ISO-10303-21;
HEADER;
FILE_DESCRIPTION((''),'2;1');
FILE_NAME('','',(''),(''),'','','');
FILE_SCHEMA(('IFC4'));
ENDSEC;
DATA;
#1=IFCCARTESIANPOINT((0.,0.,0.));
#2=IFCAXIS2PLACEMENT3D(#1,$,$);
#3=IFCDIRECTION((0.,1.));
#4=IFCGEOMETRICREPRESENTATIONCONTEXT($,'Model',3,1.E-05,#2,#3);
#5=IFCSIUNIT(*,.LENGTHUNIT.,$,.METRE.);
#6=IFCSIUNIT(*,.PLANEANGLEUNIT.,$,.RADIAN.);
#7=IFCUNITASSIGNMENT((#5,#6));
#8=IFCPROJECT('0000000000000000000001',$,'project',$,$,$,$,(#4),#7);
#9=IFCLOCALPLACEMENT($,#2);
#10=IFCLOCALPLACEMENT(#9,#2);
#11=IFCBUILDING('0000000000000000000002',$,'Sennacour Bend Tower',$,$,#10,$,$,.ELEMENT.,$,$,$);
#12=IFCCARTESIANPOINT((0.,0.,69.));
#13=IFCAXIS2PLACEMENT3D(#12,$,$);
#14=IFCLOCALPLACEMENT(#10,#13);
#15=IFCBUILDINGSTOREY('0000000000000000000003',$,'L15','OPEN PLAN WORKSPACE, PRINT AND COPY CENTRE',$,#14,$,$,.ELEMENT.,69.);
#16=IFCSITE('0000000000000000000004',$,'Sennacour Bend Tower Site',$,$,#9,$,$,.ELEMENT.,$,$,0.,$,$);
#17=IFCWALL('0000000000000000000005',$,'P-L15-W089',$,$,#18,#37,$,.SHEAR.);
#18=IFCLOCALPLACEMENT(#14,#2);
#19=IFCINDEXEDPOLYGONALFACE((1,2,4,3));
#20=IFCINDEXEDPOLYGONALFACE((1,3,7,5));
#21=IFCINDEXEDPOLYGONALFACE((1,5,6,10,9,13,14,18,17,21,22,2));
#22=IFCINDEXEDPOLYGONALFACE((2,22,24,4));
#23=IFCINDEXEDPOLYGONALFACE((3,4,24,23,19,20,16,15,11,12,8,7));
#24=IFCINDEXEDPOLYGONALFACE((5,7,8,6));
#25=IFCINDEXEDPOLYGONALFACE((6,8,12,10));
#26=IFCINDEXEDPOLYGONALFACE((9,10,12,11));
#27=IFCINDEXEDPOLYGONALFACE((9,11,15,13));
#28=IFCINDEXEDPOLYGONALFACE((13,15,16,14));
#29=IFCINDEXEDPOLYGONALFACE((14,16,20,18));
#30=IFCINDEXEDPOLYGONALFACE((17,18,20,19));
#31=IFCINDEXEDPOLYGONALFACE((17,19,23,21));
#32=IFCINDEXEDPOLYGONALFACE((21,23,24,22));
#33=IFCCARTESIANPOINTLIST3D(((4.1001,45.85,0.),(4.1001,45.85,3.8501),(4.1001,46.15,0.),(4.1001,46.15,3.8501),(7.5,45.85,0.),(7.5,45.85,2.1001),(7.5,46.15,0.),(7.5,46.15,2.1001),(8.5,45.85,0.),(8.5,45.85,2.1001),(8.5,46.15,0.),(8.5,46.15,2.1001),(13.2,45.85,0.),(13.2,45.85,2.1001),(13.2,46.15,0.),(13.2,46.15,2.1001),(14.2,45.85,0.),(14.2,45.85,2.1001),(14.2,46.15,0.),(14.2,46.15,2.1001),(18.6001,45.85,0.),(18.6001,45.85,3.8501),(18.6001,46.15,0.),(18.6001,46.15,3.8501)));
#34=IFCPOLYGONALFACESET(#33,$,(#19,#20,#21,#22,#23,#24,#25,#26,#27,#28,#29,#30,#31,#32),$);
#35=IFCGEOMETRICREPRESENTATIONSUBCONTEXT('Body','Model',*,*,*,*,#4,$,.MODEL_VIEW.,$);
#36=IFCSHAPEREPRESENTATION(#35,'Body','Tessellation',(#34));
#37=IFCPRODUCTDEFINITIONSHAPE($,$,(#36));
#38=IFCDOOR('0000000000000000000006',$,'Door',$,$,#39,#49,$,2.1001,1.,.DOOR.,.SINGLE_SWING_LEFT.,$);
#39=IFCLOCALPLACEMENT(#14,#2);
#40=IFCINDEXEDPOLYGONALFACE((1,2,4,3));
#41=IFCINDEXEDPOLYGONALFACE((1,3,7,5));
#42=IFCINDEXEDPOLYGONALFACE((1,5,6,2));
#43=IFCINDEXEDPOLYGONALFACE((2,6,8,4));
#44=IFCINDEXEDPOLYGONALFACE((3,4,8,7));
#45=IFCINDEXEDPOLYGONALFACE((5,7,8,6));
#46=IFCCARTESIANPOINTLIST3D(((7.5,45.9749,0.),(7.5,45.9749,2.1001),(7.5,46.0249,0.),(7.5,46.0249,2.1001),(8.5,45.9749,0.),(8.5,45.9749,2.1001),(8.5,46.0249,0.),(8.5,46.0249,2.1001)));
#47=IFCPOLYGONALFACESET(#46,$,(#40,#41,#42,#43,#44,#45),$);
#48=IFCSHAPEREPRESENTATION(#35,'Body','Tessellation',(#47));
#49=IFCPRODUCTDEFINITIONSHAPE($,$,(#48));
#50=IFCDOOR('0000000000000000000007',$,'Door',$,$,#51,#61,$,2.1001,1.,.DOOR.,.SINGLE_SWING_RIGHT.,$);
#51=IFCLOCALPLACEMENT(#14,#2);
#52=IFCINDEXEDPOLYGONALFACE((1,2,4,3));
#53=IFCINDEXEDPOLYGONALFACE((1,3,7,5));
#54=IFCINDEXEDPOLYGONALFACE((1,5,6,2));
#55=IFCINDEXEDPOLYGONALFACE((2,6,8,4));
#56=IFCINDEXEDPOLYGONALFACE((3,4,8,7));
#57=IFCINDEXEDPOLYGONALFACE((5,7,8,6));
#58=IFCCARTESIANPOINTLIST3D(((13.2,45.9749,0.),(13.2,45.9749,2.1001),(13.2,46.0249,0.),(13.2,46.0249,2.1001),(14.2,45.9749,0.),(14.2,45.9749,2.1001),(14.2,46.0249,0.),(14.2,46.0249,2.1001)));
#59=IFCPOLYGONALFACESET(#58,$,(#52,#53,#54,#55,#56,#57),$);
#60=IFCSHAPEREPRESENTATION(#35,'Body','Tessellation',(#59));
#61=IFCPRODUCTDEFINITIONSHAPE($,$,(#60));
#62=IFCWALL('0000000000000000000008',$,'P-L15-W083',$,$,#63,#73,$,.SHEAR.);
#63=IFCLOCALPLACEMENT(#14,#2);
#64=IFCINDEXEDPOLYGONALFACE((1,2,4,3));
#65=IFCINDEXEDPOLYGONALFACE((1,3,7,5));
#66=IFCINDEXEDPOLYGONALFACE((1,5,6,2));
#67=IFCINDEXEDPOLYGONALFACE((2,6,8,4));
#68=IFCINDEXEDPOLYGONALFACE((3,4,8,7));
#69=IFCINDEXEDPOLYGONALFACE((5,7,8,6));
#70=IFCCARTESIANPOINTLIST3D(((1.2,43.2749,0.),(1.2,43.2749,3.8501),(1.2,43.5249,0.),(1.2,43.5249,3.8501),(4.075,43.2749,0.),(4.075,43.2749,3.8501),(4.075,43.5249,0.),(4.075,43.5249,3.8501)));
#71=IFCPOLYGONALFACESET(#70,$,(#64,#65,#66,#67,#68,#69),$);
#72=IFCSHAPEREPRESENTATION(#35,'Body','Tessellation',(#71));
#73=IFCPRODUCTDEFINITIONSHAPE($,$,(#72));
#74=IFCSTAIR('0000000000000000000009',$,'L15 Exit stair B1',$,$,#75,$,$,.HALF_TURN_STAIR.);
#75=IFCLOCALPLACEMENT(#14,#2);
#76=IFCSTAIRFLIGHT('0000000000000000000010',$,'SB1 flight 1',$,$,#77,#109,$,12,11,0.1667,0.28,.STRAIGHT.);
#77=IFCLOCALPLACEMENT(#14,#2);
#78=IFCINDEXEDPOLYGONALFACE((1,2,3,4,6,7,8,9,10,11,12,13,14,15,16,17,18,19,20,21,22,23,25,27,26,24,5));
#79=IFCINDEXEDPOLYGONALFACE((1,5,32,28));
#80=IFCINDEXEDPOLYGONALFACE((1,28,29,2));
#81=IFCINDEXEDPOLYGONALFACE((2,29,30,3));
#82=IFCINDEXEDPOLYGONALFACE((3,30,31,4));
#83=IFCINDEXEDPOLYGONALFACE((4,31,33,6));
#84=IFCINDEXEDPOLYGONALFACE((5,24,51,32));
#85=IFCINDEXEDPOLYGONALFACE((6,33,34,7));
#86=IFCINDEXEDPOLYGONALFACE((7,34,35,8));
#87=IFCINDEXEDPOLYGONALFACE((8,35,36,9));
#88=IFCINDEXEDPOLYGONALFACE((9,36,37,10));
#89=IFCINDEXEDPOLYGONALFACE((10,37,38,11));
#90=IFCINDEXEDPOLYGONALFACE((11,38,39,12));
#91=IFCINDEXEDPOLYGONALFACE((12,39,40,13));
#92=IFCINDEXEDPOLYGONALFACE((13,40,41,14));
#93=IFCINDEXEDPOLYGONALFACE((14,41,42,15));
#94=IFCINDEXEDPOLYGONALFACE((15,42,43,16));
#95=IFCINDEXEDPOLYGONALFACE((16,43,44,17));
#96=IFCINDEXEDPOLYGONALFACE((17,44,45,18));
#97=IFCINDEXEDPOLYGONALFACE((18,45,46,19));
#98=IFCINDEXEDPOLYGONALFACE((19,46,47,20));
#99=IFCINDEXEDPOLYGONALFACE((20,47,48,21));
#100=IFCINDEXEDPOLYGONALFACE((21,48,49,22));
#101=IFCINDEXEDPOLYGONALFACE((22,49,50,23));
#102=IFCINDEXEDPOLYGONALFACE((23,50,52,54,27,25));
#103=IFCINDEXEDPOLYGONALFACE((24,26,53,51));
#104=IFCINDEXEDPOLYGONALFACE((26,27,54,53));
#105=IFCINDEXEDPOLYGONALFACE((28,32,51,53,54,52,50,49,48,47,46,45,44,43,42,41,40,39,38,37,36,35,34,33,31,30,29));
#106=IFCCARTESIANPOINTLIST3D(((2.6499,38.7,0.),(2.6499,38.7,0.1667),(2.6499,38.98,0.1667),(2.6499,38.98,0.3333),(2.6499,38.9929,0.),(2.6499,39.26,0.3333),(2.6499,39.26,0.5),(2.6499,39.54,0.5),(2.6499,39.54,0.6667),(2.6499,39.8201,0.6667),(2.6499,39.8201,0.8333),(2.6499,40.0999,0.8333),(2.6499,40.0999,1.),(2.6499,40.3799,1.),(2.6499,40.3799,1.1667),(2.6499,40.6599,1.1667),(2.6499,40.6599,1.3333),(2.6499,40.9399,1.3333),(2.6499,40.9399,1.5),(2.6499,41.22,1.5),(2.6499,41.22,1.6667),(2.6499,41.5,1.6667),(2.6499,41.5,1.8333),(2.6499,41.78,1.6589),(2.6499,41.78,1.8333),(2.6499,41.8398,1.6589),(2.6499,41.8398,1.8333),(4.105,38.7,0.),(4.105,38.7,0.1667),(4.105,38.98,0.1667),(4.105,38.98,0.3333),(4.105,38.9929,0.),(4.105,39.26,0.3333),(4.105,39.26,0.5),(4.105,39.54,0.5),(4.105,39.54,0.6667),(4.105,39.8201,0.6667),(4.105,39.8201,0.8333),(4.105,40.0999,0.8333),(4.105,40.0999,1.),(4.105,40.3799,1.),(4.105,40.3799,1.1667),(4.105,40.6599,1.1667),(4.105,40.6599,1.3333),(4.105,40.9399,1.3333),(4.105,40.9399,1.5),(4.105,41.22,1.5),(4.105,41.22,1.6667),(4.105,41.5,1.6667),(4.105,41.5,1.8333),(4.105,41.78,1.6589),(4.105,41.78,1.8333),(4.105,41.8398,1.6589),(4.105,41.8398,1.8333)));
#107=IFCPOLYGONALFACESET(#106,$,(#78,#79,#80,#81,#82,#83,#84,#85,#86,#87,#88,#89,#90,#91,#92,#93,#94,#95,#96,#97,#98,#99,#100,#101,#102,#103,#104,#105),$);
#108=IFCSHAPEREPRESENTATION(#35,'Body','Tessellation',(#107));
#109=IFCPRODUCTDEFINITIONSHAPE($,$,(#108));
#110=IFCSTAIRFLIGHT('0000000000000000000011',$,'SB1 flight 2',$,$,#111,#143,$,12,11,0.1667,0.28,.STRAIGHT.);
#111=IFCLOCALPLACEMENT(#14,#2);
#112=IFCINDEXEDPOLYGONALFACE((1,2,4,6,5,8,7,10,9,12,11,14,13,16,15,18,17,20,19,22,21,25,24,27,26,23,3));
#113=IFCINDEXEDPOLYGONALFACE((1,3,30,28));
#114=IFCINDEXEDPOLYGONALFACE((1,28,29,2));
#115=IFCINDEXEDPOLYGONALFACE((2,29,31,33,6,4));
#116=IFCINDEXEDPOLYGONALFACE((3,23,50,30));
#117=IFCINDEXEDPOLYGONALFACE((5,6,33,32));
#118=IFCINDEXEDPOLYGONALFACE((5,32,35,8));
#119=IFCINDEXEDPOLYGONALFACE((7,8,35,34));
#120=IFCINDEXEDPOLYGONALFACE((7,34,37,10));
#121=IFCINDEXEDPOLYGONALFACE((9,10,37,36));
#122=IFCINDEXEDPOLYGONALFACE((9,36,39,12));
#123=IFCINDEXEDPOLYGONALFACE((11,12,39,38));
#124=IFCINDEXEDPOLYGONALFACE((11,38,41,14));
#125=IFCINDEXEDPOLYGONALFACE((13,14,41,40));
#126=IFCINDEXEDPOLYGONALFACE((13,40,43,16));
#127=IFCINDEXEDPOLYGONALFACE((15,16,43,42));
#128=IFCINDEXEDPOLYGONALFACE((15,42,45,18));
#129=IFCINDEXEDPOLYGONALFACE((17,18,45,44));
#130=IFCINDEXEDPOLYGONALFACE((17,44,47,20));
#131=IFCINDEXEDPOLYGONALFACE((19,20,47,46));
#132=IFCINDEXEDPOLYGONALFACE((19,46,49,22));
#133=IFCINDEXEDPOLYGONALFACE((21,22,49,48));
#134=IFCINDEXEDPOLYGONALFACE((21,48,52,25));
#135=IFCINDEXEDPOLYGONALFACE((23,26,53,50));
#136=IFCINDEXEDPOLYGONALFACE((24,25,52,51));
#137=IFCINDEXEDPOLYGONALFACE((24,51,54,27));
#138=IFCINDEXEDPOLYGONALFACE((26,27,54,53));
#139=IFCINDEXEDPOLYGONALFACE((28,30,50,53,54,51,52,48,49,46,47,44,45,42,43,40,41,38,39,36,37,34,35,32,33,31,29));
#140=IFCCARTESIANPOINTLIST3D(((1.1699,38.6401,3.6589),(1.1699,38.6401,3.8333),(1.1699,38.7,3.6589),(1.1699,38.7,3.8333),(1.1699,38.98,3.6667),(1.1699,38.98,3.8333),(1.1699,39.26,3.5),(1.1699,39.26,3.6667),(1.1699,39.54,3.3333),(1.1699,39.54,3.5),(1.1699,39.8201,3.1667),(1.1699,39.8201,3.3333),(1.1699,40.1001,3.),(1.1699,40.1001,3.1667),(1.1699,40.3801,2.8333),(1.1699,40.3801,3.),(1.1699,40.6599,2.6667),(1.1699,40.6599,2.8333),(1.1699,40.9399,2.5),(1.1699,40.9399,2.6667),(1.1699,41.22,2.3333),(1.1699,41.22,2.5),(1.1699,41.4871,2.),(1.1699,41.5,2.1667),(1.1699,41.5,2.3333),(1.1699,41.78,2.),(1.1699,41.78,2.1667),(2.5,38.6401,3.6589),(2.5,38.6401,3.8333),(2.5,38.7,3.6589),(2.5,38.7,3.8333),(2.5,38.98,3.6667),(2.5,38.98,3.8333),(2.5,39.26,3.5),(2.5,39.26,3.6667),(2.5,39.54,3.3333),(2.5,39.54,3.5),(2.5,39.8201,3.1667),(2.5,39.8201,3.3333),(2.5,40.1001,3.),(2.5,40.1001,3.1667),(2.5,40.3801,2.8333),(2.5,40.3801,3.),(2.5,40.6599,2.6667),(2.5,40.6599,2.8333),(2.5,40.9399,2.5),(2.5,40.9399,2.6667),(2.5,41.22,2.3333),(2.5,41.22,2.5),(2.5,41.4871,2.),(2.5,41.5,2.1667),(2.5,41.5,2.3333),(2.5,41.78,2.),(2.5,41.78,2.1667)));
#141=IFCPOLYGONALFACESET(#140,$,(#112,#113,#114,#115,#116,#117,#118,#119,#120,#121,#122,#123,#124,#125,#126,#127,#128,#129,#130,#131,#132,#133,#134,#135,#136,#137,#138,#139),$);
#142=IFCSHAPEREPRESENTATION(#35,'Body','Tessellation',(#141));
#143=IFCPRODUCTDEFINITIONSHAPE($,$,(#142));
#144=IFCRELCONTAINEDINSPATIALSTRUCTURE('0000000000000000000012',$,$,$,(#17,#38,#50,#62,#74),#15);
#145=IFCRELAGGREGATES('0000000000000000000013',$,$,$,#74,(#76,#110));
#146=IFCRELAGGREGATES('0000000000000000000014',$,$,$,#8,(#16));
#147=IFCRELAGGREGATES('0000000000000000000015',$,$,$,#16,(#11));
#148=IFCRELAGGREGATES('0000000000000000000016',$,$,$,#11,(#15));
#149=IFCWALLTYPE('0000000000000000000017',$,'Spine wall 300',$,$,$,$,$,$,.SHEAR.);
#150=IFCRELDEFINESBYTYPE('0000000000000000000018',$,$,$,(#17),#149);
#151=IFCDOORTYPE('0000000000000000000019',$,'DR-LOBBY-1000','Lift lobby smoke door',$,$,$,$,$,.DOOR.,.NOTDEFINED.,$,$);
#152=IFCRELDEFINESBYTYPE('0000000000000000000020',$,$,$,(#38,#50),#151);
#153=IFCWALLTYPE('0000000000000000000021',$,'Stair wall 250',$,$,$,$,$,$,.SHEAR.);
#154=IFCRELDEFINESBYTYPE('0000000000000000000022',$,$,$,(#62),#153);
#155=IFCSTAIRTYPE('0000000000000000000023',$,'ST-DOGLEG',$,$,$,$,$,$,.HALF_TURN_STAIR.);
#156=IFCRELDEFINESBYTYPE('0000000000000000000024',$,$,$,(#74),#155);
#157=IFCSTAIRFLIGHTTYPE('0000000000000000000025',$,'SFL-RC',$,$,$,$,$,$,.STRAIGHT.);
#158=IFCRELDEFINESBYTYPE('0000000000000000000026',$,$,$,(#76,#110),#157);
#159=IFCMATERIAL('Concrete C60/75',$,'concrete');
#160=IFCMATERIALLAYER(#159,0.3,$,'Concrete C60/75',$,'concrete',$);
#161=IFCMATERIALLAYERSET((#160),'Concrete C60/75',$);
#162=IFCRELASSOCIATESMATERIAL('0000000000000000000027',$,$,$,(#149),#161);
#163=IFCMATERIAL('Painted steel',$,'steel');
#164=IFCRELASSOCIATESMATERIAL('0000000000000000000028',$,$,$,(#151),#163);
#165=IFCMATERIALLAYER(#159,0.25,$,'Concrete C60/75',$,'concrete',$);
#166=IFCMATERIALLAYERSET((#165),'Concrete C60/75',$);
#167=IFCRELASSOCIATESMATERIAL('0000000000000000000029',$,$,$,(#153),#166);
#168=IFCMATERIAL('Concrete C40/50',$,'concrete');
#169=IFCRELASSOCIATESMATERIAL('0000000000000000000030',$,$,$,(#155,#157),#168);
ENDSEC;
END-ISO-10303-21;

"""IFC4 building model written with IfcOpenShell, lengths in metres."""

from ifc_helpers import new_model, si_unit, direction, frame, frame_2d, origin, place, context, subcontext, project, spatial, polyline, rectangle, outline, extrude, material, layer, layer_set, type_object, element, fill, aggregate, save


model = new_model("IFC4")

# Units and contexts
model_context = context("Model", 3, precision=1e-05, world=origin(), true_north=direction((0.0, 1.0)))
body_context = subcontext(model_context, "Body", "Model", "MODEL_VIEW")
ifc_project = project(units=[si_unit("LENGTHUNIT", "METRE"), si_unit("PLANEANGLEUNIT", "RADIAN")], contexts=[model_context])

# Site, building, storey
site_placement = place(None, origin())
site = spatial("IfcSite", under=ifc_project, at=site_placement, Name="Sennacour Bend Tower Site", CompositionType="ELEMENT", RefElevation=0.0)
building_placement = place(site_placement, origin())
building = spatial("IfcBuilding", under=site, at=building_placement, Name="Sennacour Bend Tower", CompositionType="ELEMENT")
storey_placement = place(building_placement, frame((0.0, 0.0, 69.0)))
storey = spatial("IfcBuildingStorey", under=building, at=storey_placement, Name="L15", Description="OPEN PLAN WORKSPACE, PRINT AND COPY CENTRE", CompositionType="ELEMENT", Elevation=69.0)

# Shared definitions
ifc_material_1 = material(Name="Painted steel", Category="steel")

# Wall, openings, doors
ifc_material_2 = material(Name="Concrete C60/75", Category="concrete")
ifc_layer_1 = layer(ifc_material_2, 0.3, Name="Concrete C60/75", Category="concrete")
ifc_layer_set_1 = layer_set([ifc_layer_1], Name="Concrete C60/75")
wall_type_1 = type_object("IfcWallType", Name="Spine wall 300", PredefinedType="SHEAR", material=ifc_layer_set_1)
wall_1_placement = place(storey_placement, frame((4.1001, 46.0, 0.0), z_axis=(0.0, 0.0, 1.0), x_axis=(1.0, 0.0, 0.0)))
wall_1 = element("IfcWall", 1, at=wall_1_placement, inside=storey, type_object=wall_type_1, Name="P-L15-W089", PredefinedType="SHEAR", context=body_context, shape_type="SweptSolid", body=[
    extrude(rectangle(XDim=14.5, YDim=0.3, at=frame_2d((7.25, 0.0))), origin(), (0.0, 0.0, 1.0), 3.8501),
])
opening_1_placement = place(wall_1_placement, frame((3.3999, 0.0, 0.0)))
opening_1 = element("IfcOpeningElement", 2, at=opening_1_placement, cuts=wall_1, PredefinedType="OPENING", context=body_context, shape_type="SweptSolid", body=[
    extrude(rectangle(XDim=1.0, YDim=2.1001, at=frame_2d((0.5, 1.05))), frame((0.0, 0.1602, 0.0), z_axis=(0.0, -1.0, 0.0), x_axis=(1.0, 0.0, 0.0)), (0.0, 0.0, 1.0), 0.3201),
])
opening_2_placement = place(wall_1_placement, frame((9.0999, 0.0, 0.0)))
opening_2 = element("IfcOpeningElement", 3, at=opening_2_placement, cuts=wall_1, PredefinedType="OPENING", context=body_context, shape_type="SweptSolid", body=[
    extrude(rectangle(XDim=1.0, YDim=2.1001, at=frame_2d((0.5, 1.05))), frame((0.0, 0.1602, 0.0), z_axis=(0.0, -1.0, 0.0), x_axis=(1.0, 0.0, 0.0)), (0.0, 0.0, 1.0), 0.3201),
])
door_type_1 = type_object("IfcDoorType", Name="DR-LOBBY-1000", Description="Lift lobby smoke door", OperationType="NOTDEFINED", PredefinedType="DOOR", material=ifc_material_1)
door_1_placement = place(opening_1_placement, origin())
door_1 = element("IfcDoor", 4, at=door_1_placement, inside=storey, type_object=door_type_1, Name="Door", OperationType="SINGLE_SWING_LEFT", OverallHeight=2.1001, OverallWidth=1.0, PredefinedType="DOOR", context=body_context, shape_type="SweptSolid", body=[
    extrude(rectangle(XDim=1.0, YDim=2.1001, at=frame_2d((0.5, 1.05))), frame((0.0, 0.0249, 0.0), z_axis=(0.0, -1.0, 0.0), x_axis=(1.0, 0.0, 0.0)), (0.0, 0.0, 1.0), 0.05),
])
fill(opening_1, door_1)
door_2_placement = place(opening_2_placement, origin())
door_2 = element("IfcDoor", 5, at=door_2_placement, inside=storey, type_object=door_type_1, Name="Door", OperationType="SINGLE_SWING_RIGHT", OverallHeight=2.1001, OverallWidth=1.0, PredefinedType="DOOR", context=body_context, shape_type="SweptSolid", body=[
    extrude(rectangle(XDim=1.0, YDim=2.1001, at=frame_2d((0.5, 1.05))), frame((0.0, 0.0249, 0.0), z_axis=(0.0, -1.0, 0.0), x_axis=(1.0, 0.0, 0.0)), (0.0, 0.0, 1.0), 0.05),
])
fill(opening_2, door_2)

# Wall
ifc_layer_2 = layer(ifc_material_2, 0.25, Name="Concrete C60/75", Category="concrete")
ifc_layer_set_2 = layer_set([ifc_layer_2], Name="Concrete C60/75")
wall_type_2 = type_object("IfcWallType", Name="Stair wall 250", PredefinedType="SHEAR", material=ifc_layer_set_2)
wall_2_placement = place(storey_placement, frame((1.2, 43.3999, 0.0), z_axis=(0.0, 0.0, 1.0), x_axis=(1.0, 0.0, 0.0)))
element("IfcWall", 6, at=wall_2_placement, inside=storey, type_object=wall_type_2, Name="P-L15-W083", PredefinedType="SHEAR", context=body_context, shape_type="SweptSolid", body=[
    extrude(rectangle(XDim=2.875, YDim=0.25, at=frame_2d((1.4375, 0.0))), origin(), (0.0, 0.0, 1.0), 3.8501),
])

# Stair, stair flights
ifc_material_3 = material(Name="Concrete C40/50", Category="concrete")
stair_type = type_object("IfcStairType", Name="ST-DOGLEG", PredefinedType="HALF_TURN_STAIR", material=ifc_material_3)
stair_placement = place(storey_placement, origin())
stair = element("IfcStair", 7, at=stair_placement, inside=storey, type_object=stair_type, Name="L15 Exit stair B1", PredefinedType="HALF_TURN_STAIR")
stair_flight_type = type_object("IfcStairFlightType", Name="SFL-RC", PredefinedType="STRAIGHT", material=ifc_material_3)
stair_flight_1_placement = place(storey_placement, frame((3.3774, 38.7, 0.0), z_axis=(0.0, 0.0, 1.0), x_axis=(0.0, 1.0, 0.0)))
stair_flight_1 = element("IfcStairFlight", 8, at=stair_flight_1_placement, type_object=stair_flight_type, Name="SB1 flight 1", NumberOfRisers=12, NumberOfTreads=11, PredefinedType="STRAIGHT", RiserHeight=0.1667, TreadLength=0.28, context=body_context, shape_type="SweptSolid", body=[
    extrude(outline(polyline([(0.0, 0.0), (0.0, 0.1667), (0.28, 0.1667), (0.28, 0.3333), (0.5601, 0.3333), (0.5601, 0.5), (0.8401, 0.5), (0.8401, 0.6667), (1.1201, 0.6667), (1.1201, 0.8333), (1.3999, 0.8333), (1.3999, 1.0), (1.6799, 1.0), (1.6799, 1.1667), (1.96, 1.1667), (1.96, 1.3333), (2.24, 1.3333), (2.24, 1.5), (2.52, 1.5), (2.52, 1.6667), (2.8, 1.6667), (2.8, 1.8333), (3.0801, 1.8333), (3.1399, 1.8333), (3.1399, 1.6589), (3.0801, 1.6589), (0.293, 0.0), (0.0, 0.0)])), frame((0.0, 0.7275, 0.0), z_axis=(0.0, -1.0, 0.0), x_axis=(1.0, 0.0, 0.0)), (0.0, 0.0, 1.0), 1.4551),
])
stair_flight_2_placement = place(storey_placement, frame((1.835, 41.78, 2.0), z_axis=(0.0, 0.0, 1.0), x_axis=(0.0, -1.0, 0.0)))
stair_flight_2 = element("IfcStairFlight", 9, at=stair_flight_2_placement, type_object=stair_flight_type, Name="SB1 flight 2", NumberOfRisers=12, NumberOfTreads=11, PredefinedType="STRAIGHT", RiserHeight=0.1667, TreadLength=0.28, context=body_context, shape_type="SweptSolid", body=[
    extrude(outline(polyline([(0.0, 0.0), (0.0, 0.1667), (0.28, 0.1667), (0.28, 0.3333), (0.5601, 0.3333), (0.5601, 0.5), (0.8401, 0.5), (0.8401, 0.6667), (1.1201, 0.6667), (1.1201, 0.8333), (1.3999, 0.8333), (1.3999, 1.0), (1.6799, 1.0), (1.6799, 1.1667), (1.96, 1.1667), (1.96, 1.3333), (2.24, 1.3333), (2.24, 1.5), (2.52, 1.5), (2.52, 1.6667), (2.8, 1.6667), (2.8, 1.8333), (3.0801, 1.8333), (3.1399, 1.8333), (3.1399, 1.6589), (3.0801, 1.6589), (0.293, 0.0), (0.0, 0.0)])), frame((0.0, 0.665, 0.0), z_axis=(0.0, -1.0, 0.0), x_axis=(1.0, 0.0, 0.0)), (0.0, 0.0, 1.0), 1.3301),
])
aggregate(stair, [stair_flight_1, stair_flight_2])

save(model, "model.ifc")
